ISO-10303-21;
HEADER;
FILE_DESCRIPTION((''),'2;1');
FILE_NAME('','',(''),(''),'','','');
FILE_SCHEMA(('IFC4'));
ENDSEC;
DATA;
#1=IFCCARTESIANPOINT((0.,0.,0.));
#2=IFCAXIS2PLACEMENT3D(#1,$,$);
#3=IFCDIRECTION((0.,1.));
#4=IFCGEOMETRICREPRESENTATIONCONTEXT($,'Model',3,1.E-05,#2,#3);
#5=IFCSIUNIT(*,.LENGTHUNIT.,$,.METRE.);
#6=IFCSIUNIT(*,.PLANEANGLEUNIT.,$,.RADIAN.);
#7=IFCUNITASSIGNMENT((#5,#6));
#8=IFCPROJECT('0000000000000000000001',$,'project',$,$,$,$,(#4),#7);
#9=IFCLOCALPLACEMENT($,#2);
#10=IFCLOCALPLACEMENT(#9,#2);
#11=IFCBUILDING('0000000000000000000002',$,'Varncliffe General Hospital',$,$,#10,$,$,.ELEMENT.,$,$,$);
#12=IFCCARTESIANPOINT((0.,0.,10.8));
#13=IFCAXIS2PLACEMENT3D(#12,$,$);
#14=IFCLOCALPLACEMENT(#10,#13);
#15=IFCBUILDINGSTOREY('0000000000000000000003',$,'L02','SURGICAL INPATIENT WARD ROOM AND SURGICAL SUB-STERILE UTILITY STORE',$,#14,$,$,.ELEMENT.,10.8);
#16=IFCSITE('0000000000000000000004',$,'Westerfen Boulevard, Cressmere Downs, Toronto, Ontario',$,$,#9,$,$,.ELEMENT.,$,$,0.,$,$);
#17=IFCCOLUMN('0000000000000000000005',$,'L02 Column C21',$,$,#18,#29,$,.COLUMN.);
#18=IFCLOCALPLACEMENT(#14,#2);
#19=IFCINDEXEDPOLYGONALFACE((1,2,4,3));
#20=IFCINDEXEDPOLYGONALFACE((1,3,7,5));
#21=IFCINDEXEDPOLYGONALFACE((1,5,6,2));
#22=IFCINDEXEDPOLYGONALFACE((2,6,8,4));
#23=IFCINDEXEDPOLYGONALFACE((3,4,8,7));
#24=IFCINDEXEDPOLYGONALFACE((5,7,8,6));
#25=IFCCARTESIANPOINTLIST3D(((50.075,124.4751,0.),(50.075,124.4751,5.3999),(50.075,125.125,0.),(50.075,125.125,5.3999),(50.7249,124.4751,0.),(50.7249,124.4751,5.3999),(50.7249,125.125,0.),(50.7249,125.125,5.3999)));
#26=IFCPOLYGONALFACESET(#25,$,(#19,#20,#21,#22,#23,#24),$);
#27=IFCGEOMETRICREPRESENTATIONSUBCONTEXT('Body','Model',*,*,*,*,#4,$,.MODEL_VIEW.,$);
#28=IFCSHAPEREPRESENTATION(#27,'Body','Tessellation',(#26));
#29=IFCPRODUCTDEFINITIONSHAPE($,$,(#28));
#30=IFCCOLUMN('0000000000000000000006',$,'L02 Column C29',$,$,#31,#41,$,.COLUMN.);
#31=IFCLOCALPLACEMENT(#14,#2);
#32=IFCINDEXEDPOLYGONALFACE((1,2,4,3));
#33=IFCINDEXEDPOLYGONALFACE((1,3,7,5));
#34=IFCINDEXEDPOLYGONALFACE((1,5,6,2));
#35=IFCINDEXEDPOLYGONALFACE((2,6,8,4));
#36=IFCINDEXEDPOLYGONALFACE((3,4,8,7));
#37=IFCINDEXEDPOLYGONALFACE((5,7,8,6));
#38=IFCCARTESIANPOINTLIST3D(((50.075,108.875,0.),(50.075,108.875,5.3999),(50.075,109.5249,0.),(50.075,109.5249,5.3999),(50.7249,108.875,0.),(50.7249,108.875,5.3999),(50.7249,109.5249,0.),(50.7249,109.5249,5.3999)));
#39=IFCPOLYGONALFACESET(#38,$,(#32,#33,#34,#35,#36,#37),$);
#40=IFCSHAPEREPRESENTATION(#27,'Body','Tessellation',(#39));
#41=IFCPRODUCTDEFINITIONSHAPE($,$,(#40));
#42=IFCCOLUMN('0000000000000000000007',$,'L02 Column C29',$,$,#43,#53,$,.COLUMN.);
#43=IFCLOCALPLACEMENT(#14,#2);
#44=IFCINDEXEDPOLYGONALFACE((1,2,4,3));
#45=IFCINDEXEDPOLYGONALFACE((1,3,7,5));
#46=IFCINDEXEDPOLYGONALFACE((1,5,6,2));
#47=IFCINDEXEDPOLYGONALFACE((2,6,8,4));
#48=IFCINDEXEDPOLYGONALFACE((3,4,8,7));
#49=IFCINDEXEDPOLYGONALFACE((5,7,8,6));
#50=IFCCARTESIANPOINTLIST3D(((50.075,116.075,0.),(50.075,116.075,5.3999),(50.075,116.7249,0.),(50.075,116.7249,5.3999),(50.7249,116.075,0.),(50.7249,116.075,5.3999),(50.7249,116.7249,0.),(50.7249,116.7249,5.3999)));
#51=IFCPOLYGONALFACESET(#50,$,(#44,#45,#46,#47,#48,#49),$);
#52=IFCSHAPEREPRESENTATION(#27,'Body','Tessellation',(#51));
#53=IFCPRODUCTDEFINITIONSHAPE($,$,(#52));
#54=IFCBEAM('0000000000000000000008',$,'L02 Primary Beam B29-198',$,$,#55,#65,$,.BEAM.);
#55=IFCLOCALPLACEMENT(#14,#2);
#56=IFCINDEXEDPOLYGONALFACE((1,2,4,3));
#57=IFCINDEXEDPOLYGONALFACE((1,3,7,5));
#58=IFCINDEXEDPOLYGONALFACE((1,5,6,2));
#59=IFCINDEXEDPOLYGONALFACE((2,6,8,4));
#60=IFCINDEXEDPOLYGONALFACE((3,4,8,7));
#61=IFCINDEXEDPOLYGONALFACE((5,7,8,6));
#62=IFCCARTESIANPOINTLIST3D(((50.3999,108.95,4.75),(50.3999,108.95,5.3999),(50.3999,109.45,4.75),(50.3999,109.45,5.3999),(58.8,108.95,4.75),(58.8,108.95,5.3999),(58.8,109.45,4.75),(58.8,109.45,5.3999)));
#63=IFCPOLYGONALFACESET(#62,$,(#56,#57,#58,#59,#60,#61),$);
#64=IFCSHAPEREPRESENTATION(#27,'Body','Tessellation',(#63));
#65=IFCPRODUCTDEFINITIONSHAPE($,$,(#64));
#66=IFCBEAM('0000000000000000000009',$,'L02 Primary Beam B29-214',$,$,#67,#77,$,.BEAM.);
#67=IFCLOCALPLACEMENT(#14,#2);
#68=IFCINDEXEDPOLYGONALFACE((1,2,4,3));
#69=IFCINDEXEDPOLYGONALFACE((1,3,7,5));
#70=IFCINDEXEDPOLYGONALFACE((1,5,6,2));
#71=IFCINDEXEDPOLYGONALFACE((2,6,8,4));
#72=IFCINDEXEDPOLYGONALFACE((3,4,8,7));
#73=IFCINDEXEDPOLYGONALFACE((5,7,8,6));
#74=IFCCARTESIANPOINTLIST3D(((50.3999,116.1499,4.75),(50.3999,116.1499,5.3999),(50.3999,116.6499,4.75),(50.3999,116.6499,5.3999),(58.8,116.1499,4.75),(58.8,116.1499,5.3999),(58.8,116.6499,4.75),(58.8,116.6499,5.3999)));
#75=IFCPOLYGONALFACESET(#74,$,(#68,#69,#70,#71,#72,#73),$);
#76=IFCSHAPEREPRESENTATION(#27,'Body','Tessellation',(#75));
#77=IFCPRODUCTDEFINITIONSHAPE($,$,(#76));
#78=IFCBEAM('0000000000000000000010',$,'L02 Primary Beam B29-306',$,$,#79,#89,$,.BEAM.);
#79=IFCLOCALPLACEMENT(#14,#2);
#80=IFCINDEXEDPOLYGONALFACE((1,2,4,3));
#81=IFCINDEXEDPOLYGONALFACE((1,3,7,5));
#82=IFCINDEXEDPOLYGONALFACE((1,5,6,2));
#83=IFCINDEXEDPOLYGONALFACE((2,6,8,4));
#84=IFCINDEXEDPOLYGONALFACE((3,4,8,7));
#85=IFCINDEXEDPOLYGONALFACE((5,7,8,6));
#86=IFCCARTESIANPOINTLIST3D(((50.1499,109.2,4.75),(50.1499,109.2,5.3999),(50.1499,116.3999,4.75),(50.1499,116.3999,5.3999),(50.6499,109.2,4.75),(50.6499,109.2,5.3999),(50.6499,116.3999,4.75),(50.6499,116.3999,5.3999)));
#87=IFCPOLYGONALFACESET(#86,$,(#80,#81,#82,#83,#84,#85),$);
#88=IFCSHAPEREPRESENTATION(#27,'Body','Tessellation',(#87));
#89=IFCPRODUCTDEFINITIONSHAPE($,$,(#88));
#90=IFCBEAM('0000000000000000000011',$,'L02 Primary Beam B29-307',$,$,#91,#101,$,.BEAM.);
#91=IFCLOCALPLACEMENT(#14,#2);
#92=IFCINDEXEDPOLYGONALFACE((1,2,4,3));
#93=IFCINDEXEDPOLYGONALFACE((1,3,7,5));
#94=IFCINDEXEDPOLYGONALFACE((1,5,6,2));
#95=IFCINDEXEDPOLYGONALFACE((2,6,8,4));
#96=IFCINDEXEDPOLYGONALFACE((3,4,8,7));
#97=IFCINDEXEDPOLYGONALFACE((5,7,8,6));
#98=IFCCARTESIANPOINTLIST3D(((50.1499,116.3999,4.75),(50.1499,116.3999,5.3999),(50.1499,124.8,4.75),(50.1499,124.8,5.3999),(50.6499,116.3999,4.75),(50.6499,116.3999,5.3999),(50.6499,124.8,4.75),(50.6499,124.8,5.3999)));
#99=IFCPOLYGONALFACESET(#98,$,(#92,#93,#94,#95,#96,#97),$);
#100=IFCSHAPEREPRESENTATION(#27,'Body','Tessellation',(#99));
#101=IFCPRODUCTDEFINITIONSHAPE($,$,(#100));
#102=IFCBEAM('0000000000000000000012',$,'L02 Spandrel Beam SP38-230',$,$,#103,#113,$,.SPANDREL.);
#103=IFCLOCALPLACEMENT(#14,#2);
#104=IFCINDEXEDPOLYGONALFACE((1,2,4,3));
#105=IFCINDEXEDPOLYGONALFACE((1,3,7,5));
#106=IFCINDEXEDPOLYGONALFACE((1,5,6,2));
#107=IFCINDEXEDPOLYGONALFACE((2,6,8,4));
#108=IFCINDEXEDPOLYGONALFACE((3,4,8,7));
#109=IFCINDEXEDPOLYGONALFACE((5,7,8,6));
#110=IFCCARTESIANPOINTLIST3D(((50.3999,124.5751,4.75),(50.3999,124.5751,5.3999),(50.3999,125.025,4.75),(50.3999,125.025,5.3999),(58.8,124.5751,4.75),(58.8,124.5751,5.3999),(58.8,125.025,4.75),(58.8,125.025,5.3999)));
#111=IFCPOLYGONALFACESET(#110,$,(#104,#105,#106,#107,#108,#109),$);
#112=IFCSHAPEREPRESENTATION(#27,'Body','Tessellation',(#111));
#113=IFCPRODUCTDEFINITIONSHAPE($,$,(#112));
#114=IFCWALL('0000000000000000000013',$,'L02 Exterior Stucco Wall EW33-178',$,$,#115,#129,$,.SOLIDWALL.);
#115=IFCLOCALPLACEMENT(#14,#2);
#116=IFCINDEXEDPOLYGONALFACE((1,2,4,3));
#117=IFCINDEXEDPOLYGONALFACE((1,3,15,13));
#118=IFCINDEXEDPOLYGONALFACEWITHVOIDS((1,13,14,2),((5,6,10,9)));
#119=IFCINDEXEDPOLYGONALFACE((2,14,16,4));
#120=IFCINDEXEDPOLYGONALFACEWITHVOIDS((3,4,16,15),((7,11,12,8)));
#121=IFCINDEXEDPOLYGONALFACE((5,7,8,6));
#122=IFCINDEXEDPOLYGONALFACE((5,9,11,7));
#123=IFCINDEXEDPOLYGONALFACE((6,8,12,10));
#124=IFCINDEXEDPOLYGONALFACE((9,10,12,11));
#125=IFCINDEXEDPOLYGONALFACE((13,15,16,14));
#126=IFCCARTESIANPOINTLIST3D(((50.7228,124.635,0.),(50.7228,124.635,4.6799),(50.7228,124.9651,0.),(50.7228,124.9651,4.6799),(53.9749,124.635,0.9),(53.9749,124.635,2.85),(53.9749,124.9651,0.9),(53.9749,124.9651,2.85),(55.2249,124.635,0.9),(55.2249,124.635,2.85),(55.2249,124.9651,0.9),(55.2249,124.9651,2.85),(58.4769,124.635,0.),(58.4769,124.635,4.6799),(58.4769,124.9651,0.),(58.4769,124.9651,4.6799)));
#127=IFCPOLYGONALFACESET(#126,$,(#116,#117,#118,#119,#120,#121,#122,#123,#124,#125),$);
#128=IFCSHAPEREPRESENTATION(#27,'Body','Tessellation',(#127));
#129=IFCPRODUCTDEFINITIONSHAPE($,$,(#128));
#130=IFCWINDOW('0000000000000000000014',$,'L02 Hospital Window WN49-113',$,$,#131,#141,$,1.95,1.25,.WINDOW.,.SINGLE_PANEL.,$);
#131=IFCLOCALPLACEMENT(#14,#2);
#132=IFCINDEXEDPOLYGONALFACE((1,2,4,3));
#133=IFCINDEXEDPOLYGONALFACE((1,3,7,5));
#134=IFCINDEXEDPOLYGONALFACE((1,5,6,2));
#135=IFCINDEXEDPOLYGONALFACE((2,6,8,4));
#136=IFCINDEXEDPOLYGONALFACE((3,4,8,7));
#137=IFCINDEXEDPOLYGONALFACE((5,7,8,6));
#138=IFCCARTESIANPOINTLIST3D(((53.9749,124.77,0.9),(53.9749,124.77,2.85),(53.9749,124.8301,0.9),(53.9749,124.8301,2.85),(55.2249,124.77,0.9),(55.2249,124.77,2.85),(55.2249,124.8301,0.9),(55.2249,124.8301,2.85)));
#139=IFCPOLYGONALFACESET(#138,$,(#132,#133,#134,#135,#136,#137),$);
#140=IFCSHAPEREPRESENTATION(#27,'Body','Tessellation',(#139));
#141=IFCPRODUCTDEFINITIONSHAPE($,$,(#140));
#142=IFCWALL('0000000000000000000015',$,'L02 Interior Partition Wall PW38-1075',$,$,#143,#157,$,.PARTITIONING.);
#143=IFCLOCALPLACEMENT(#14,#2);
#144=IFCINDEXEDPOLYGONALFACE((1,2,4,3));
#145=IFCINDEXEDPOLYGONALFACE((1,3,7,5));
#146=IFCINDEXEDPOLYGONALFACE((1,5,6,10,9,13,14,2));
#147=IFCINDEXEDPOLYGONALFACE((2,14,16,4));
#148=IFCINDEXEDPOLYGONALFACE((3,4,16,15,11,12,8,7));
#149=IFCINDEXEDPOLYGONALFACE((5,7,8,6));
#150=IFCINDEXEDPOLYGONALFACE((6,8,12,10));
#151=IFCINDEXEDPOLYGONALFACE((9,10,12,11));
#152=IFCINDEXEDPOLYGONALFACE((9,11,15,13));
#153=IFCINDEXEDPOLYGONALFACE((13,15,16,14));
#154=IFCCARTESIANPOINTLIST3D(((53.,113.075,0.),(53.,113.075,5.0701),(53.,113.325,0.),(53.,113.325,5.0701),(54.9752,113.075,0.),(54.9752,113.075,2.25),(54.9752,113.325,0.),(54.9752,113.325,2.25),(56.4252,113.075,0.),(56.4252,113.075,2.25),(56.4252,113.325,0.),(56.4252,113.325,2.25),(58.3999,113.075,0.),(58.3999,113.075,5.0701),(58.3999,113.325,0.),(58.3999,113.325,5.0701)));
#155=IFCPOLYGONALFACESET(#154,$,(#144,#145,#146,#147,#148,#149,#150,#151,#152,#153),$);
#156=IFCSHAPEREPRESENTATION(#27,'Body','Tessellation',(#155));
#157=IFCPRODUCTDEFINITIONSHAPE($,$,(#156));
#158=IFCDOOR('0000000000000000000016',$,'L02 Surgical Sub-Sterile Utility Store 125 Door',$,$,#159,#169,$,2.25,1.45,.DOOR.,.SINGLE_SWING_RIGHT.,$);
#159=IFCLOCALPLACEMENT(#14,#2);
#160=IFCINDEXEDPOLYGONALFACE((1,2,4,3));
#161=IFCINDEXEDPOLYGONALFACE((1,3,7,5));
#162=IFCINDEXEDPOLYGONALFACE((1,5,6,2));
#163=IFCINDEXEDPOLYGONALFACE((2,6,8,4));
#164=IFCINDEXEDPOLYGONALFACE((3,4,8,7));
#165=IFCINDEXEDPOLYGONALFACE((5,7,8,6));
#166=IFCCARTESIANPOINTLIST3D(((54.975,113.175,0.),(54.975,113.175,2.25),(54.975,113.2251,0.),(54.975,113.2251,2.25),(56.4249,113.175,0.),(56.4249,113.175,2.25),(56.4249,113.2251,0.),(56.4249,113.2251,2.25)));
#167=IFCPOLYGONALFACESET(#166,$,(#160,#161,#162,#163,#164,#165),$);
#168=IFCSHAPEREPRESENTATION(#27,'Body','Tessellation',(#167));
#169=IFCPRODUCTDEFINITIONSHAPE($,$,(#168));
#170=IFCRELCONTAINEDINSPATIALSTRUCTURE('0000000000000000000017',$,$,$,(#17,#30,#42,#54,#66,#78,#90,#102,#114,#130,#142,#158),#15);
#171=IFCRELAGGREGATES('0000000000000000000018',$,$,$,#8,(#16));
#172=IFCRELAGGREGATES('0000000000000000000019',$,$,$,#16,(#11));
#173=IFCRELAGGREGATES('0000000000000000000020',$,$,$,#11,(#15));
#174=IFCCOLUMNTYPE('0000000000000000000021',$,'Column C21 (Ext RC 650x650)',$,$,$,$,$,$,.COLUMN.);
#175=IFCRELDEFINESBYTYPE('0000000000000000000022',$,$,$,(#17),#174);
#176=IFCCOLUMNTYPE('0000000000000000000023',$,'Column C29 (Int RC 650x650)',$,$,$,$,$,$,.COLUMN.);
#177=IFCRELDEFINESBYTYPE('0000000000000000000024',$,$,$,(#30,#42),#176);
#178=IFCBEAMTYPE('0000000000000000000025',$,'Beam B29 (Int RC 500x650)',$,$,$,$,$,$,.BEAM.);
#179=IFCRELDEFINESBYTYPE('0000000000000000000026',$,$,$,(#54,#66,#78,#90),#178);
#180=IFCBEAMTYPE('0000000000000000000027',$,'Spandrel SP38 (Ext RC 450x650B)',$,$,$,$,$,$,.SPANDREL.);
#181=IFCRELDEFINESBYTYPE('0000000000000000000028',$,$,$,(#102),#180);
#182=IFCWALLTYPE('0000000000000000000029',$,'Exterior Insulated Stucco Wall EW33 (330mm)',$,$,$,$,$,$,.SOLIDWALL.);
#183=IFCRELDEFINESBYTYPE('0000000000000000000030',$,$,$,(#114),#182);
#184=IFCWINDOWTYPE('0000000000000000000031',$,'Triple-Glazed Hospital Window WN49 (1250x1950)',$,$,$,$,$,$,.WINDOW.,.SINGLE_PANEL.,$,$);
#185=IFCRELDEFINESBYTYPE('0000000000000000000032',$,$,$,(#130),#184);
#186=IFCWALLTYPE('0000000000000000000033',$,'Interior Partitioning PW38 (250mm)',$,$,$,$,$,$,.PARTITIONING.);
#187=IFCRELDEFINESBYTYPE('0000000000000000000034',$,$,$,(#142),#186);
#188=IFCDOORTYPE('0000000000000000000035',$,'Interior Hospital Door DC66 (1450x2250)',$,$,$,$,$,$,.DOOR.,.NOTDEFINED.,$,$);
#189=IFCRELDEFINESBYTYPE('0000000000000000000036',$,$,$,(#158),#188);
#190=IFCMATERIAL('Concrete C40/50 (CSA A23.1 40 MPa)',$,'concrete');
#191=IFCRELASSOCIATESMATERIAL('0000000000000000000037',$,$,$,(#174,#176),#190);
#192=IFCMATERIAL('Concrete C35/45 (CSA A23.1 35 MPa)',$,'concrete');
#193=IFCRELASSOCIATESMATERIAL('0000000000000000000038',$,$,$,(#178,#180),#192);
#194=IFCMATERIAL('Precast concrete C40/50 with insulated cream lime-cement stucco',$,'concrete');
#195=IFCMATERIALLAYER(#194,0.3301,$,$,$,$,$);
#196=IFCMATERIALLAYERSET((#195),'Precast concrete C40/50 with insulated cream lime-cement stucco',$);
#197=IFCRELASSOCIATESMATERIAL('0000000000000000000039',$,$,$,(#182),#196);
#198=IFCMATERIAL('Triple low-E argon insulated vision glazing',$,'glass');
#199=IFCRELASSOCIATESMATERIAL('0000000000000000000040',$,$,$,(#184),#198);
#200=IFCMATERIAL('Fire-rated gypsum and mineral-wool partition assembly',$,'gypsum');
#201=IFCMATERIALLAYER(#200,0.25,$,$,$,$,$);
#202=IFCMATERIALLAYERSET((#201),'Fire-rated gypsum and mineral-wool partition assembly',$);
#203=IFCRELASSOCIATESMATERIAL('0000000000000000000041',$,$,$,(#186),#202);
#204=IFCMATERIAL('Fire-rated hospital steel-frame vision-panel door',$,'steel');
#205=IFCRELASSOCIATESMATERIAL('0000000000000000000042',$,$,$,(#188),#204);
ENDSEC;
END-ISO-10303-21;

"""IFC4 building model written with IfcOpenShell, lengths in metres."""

from ifc_helpers import new_model, si_unit, direction, frame, frame_2d, origin, origin_2d, place, context, subcontext, project, spatial, rectangle, extrude, material, layer, layer_set, material_profile, profile_set, type_object, element, fill, save


model = new_model("IFC4")

# Units and contexts
model_context = context("Model", 3, precision=1e-05, world=origin(), true_north=direction((0.0, 1.0)))
body_context = subcontext(model_context, "Body", "Model", "MODEL_VIEW")
ifc_project = project(units=[si_unit("LENGTHUNIT", "METRE"), si_unit("PLANEANGLEUNIT", "RADIAN")], contexts=[model_context])

# Site, building, storey
site_placement = place(None, origin())
site = spatial("IfcSite", under=ifc_project, at=site_placement, Name="Westerfen Boulevard, Cressmere Downs, Toronto, Ontario", CompositionType="ELEMENT", RefElevation=0.0)
building_placement = place(site_placement, origin())
building = spatial("IfcBuilding", under=site, at=building_placement, Name="Varncliffe General Hospital", CompositionType="ELEMENT")
storey_placement = place(building_placement, frame((0.0, 0.0, 10.8)))
storey = spatial("IfcBuildingStorey", under=building, at=storey_placement, Name="L02", Description="SURGICAL INPATIENT WARD ROOM AND SURGICAL SUB-STERILE UTILITY STORE", CompositionType="ELEMENT", Elevation=10.8)

# Columns
ifc_material_1 = material(Name="Concrete C40/50 (CSA A23.1 40 MPa)", Category="concrete")
ifc_material_profile_1 = material_profile(ifc_material_1, rectangle(XDim=0.6499, YDim=0.6499, at=origin_2d()), Name="RC 650x650")
ifc_profile_set_1 = profile_set([ifc_material_profile_1], Name="Concrete C40/50 (CSA A23.1 40 MPa)")
column_type_1 = type_object("IfcColumnType", Name="Column C21 (Ext RC 650x650)", PredefinedType="COLUMN", material=ifc_profile_set_1)
column_placement = place(storey_placement, frame((50.3999, 124.8, 0.0), z_axis=(0.0, 0.0, 1.0), x_axis=(1.0, 0.0, 0.0)))
element("IfcColumn", 1, at=column_placement, inside=storey, type_object=column_type_1, Name="L02 Column C21", PredefinedType="COLUMN", context=body_context, shape_type="SweptSolid", body=[
    extrude(rectangle(XDim=0.6499, YDim=0.6499, at=origin_2d()), origin(), (0.0, 0.0, 1.0), 5.3999),
])
ifc_material_profile_2 = material_profile(ifc_material_1, rectangle(XDim=0.6499, YDim=0.6499, at=origin_2d()), Name="RC 650x650")
ifc_profile_set_2 = profile_set([ifc_material_profile_2], Name="Concrete C40/50 (CSA A23.1 40 MPa)")
column_type_2 = type_object("IfcColumnType", Name="Column C29 (Int RC 650x650)", PredefinedType="COLUMN", material=ifc_profile_set_2)
for number, where, z_axis, x_axis, name in (
    (2, (50.3999, 109.2, 0.0), (0.0, 0.0, 1.0), (1.0, 0.0, 0.0), "L02 Column C29"),
    (3, (50.3999, 116.3999, 0.0), (0.0, 0.0, 1.0), (1.0, 0.0, 0.0), "L02 Column C29"),
):
    element("IfcColumn", number, at=place(storey_placement, frame(where, z_axis=z_axis, x_axis=x_axis)), inside=storey, type_object=column_type_2, Name=name, PredefinedType="COLUMN", context=body_context, shape_type="SweptSolid", body=[
        extrude(rectangle(XDim=0.6499, YDim=0.6499, at=origin_2d()), origin(), (0.0, 0.0, 1.0), 5.3999),
    ])

# Beams
ifc_material_2 = material(Name="Concrete C35/45 (CSA A23.1 35 MPa)", Category="concrete")
ifc_material_profile_3 = material_profile(ifc_material_2, rectangle(XDim=0.5, YDim=0.6499, at=origin_2d()), Name="RC 500x650")
ifc_profile_set_3 = profile_set([ifc_material_profile_3], Name="Concrete C35/45 (CSA A23.1 35 MPa)")
beam_type_1 = type_object("IfcBeamType", Name="Beam B29 (Int RC 500x650)", PredefinedType="BEAM", material=ifc_profile_set_3)
for number, where, z_axis, x_axis, name in (
    (4, (50.3999, 109.2, 5.075), (1.0, 0.0, 0.0), (0.0, 1.0, 0.0), "L02 Primary Beam B29-198"),
    (5, (50.3999, 116.3999, 5.075), (1.0, 0.0, 0.0), (0.0, 1.0, 0.0), "L02 Primary Beam B29-214"),
):
    element("IfcBeam", number, at=place(storey_placement, frame(where, z_axis=z_axis, x_axis=x_axis)), inside=storey, type_object=beam_type_1, Name=name, PredefinedType="BEAM", context=body_context, shape_type="SweptSolid", body=[
        extrude(rectangle(XDim=0.5, YDim=0.6499, at=origin_2d()), origin(), (0.0, 0.0, 1.0), 8.4001),
    ])
beam_1_placement = place(storey_placement, frame((50.3999, 109.2, 5.075), z_axis=(0.0, 1.0, 0.0), x_axis=(-1.0, 0.0, 0.0)))
element("IfcBeam", 6, at=beam_1_placement, inside=storey, type_object=beam_type_1, Name="L02 Primary Beam B29-306", PredefinedType="BEAM", context=body_context, shape_type="SweptSolid", body=[
    extrude(rectangle(XDim=0.5, YDim=0.6499, at=origin_2d()), origin(), (0.0, 0.0, 1.0), 7.2),
])
beam_2_placement = place(storey_placement, frame((50.3999, 116.3999, 5.075), z_axis=(0.0, 1.0, 0.0), x_axis=(-1.0, 0.0, 0.0)))
element("IfcBeam", 7, at=beam_2_placement, inside=storey, type_object=beam_type_1, Name="L02 Primary Beam B29-307", PredefinedType="BEAM", context=body_context, shape_type="SweptSolid", body=[
    extrude(rectangle(XDim=0.5, YDim=0.6499, at=origin_2d()), origin(), (0.0, 0.0, 1.0), 8.4001),
])
ifc_material_profile_4 = material_profile(ifc_material_2, rectangle(XDim=0.45, YDim=0.6499, at=origin_2d()), Name="RC 450x650")
ifc_profile_set_4 = profile_set([ifc_material_profile_4], Name="Concrete C35/45 (CSA A23.1 35 MPa)")
beam_type_2 = type_object("IfcBeamType", Name="Spandrel SP38 (Ext RC 450x650B)", PredefinedType="SPANDREL", material=ifc_profile_set_4)
beam_3_placement = place(storey_placement, frame((50.3999, 124.8, 5.075), z_axis=(1.0, 0.0, 0.0), x_axis=(0.0, 1.0, 0.0)))
element("IfcBeam", 8, at=beam_3_placement, inside=storey, type_object=beam_type_2, Name="L02 Spandrel Beam SP38-230", PredefinedType="SPANDREL", context=body_context, shape_type="SweptSolid", body=[
    extrude(rectangle(XDim=0.45, YDim=0.6499, at=origin_2d()), origin(), (0.0, 0.0, 1.0), 8.4001),
])

# Wall, opening, window
ifc_material_3 = material(Name="Precast concrete C40/50 with insulated cream lime-cement stucco", Category="concrete")
ifc_layer_1 = layer(ifc_material_3, 0.3301)
ifc_layer_set_1 = layer_set([ifc_layer_1], Name="Precast concrete C40/50 with insulated cream lime-cement stucco")
wall_type_1 = type_object("IfcWallType", Name="Exterior Insulated Stucco Wall EW33 (330mm)", PredefinedType="SOLIDWALL", material=ifc_layer_set_1)
wall_1_placement = place(storey_placement, frame((50.7229, 124.8, 0.0), z_axis=(0.0, 0.0, 1.0), x_axis=(1.0, 0.0, 0.0)))
wall_1 = element("IfcWall", 9, at=wall_1_placement, inside=storey, type_object=wall_type_1, Name="L02 Exterior Stucco Wall EW33-178", PredefinedType="SOLIDWALL", context=body_context, shape_type="SweptSolid", body=[
    extrude(rectangle(XDim=7.7542, YDim=0.3301, at=frame_2d((3.877, 0.0))), origin(), (0.0, 0.0, 1.0), 4.6799),
])
opening_1_placement = place(wall_1_placement, frame((3.252, 0.0, 0.8999)))
opening_1 = element("IfcOpeningElement", 10, at=opening_1_placement, cuts=wall_1, PredefinedType="OPENING", context=body_context, shape_type="SweptSolid", body=[
    extrude(rectangle(XDim=1.25, YDim=1.95, at=frame_2d((0.625, 0.9751))), frame((0.0, 0.175, 0.0), z_axis=(0.0, -1.0, 0.0), x_axis=(1.0, 0.0, 0.0)), (0.0, 0.0, 1.0), 0.3501),
])
ifc_material_4 = material(Name="Triple low-E argon insulated vision glazing", Category="glass")
window_type = type_object("IfcWindowType", Name="Triple-Glazed Hospital Window WN49 (1250x1950)", PartitioningType="SINGLE_PANEL", PredefinedType="WINDOW", material=ifc_material_4)
window_placement = place(opening_1_placement, origin())
window = element("IfcWindow", 11, at=window_placement, inside=storey, type_object=window_type, Name="L02 Hospital Window WN49-113", OverallHeight=1.95, OverallWidth=1.25, PartitioningType="SINGLE_PANEL", PredefinedType="WINDOW", context=body_context, shape_type="SweptSolid", body=[
    extrude(rectangle(XDim=1.25, YDim=1.95, at=frame_2d((0.625, 0.9751))), frame((0.0, 0.03, 0.0), z_axis=(0.0, -1.0, 0.0), x_axis=(1.0, 0.0, 0.0)), (0.0, 0.0, 1.0), 0.0601),
])
fill(opening_1, window)

# Wall, opening, door
ifc_material_5 = material(Name="Fire-rated gypsum and mineral-wool partition assembly", Category="gypsum")
ifc_layer_2 = layer(ifc_material_5, 0.25)
ifc_layer_set_2 = layer_set([ifc_layer_2], Name="Fire-rated gypsum and mineral-wool partition assembly")
wall_type_2 = type_object("IfcWallType", Name="Interior Partitioning PW38 (250mm)", PredefinedType="PARTITIONING", material=ifc_layer_set_2)
wall_2_placement = place(storey_placement, frame((53.0, 113.2, 0.0), z_axis=(0.0, 0.0, 1.0), x_axis=(1.0, 0.0, 0.0)))
wall_2 = element("IfcWall", 12, at=wall_2_placement, inside=storey, type_object=wall_type_2, Name="L02 Interior Partition Wall PW38-1075", PredefinedType="PARTITIONING", context=body_context, shape_type="SweptSolid", body=[
    extrude(rectangle(XDim=5.3999, YDim=0.25, at=frame_2d((2.7, 0.0))), origin(), (0.0, 0.0, 1.0), 5.0701),
])
opening_2_placement = place(wall_2_placement, frame((1.9751, 0.0, 0.0)))
opening_2 = element("IfcOpeningElement", 13, at=opening_2_placement, cuts=wall_2, PredefinedType="OPENING", context=body_context, shape_type="SweptSolid", body=[
    extrude(rectangle(XDim=1.45, YDim=2.25, at=frame_2d((0.7251, 1.125))), frame((0.0, 0.135, 0.0), z_axis=(0.0, -1.0, 0.0), x_axis=(1.0, 0.0, 0.0)), (0.0, 0.0, 1.0), 0.27),
])
ifc_material_6 = material(Name="Fire-rated hospital steel-frame vision-panel door", Category="steel")
door_type_1 = type_object("IfcDoorType", Name="Interior Hospital Door DC66 (1450x2250)", OperationType="NOTDEFINED", PredefinedType="DOOR", material=ifc_material_6)
door_1_placement = place(opening_2_placement, frame((1.45, 0.0, 0.0), z_axis=(0.0, 0.0, 1.0), x_axis=(-1.0, 0.0, 0.0)))
door_1 = element("IfcDoor", 14, at=door_1_placement, inside=storey, type_object=door_type_1, Name="L02 Surgical Sub-Sterile Utility Store 125 Door", OperationType="SINGLE_SWING_RIGHT", OverallHeight=2.25, OverallWidth=1.45, PredefinedType="DOOR", context=body_context, shape_type="SweptSolid", body=[
    extrude(rectangle(XDim=1.45, YDim=2.25, at=frame_2d((0.7251, 1.125))), frame((0.0, 0.0249, 0.0), z_axis=(0.0, -1.0, 0.0), x_axis=(1.0, 0.0, 0.0)), (0.0, 0.0, 1.0), 0.05),
])
fill(opening_2, door_1)

save(model, "model.ifc")
